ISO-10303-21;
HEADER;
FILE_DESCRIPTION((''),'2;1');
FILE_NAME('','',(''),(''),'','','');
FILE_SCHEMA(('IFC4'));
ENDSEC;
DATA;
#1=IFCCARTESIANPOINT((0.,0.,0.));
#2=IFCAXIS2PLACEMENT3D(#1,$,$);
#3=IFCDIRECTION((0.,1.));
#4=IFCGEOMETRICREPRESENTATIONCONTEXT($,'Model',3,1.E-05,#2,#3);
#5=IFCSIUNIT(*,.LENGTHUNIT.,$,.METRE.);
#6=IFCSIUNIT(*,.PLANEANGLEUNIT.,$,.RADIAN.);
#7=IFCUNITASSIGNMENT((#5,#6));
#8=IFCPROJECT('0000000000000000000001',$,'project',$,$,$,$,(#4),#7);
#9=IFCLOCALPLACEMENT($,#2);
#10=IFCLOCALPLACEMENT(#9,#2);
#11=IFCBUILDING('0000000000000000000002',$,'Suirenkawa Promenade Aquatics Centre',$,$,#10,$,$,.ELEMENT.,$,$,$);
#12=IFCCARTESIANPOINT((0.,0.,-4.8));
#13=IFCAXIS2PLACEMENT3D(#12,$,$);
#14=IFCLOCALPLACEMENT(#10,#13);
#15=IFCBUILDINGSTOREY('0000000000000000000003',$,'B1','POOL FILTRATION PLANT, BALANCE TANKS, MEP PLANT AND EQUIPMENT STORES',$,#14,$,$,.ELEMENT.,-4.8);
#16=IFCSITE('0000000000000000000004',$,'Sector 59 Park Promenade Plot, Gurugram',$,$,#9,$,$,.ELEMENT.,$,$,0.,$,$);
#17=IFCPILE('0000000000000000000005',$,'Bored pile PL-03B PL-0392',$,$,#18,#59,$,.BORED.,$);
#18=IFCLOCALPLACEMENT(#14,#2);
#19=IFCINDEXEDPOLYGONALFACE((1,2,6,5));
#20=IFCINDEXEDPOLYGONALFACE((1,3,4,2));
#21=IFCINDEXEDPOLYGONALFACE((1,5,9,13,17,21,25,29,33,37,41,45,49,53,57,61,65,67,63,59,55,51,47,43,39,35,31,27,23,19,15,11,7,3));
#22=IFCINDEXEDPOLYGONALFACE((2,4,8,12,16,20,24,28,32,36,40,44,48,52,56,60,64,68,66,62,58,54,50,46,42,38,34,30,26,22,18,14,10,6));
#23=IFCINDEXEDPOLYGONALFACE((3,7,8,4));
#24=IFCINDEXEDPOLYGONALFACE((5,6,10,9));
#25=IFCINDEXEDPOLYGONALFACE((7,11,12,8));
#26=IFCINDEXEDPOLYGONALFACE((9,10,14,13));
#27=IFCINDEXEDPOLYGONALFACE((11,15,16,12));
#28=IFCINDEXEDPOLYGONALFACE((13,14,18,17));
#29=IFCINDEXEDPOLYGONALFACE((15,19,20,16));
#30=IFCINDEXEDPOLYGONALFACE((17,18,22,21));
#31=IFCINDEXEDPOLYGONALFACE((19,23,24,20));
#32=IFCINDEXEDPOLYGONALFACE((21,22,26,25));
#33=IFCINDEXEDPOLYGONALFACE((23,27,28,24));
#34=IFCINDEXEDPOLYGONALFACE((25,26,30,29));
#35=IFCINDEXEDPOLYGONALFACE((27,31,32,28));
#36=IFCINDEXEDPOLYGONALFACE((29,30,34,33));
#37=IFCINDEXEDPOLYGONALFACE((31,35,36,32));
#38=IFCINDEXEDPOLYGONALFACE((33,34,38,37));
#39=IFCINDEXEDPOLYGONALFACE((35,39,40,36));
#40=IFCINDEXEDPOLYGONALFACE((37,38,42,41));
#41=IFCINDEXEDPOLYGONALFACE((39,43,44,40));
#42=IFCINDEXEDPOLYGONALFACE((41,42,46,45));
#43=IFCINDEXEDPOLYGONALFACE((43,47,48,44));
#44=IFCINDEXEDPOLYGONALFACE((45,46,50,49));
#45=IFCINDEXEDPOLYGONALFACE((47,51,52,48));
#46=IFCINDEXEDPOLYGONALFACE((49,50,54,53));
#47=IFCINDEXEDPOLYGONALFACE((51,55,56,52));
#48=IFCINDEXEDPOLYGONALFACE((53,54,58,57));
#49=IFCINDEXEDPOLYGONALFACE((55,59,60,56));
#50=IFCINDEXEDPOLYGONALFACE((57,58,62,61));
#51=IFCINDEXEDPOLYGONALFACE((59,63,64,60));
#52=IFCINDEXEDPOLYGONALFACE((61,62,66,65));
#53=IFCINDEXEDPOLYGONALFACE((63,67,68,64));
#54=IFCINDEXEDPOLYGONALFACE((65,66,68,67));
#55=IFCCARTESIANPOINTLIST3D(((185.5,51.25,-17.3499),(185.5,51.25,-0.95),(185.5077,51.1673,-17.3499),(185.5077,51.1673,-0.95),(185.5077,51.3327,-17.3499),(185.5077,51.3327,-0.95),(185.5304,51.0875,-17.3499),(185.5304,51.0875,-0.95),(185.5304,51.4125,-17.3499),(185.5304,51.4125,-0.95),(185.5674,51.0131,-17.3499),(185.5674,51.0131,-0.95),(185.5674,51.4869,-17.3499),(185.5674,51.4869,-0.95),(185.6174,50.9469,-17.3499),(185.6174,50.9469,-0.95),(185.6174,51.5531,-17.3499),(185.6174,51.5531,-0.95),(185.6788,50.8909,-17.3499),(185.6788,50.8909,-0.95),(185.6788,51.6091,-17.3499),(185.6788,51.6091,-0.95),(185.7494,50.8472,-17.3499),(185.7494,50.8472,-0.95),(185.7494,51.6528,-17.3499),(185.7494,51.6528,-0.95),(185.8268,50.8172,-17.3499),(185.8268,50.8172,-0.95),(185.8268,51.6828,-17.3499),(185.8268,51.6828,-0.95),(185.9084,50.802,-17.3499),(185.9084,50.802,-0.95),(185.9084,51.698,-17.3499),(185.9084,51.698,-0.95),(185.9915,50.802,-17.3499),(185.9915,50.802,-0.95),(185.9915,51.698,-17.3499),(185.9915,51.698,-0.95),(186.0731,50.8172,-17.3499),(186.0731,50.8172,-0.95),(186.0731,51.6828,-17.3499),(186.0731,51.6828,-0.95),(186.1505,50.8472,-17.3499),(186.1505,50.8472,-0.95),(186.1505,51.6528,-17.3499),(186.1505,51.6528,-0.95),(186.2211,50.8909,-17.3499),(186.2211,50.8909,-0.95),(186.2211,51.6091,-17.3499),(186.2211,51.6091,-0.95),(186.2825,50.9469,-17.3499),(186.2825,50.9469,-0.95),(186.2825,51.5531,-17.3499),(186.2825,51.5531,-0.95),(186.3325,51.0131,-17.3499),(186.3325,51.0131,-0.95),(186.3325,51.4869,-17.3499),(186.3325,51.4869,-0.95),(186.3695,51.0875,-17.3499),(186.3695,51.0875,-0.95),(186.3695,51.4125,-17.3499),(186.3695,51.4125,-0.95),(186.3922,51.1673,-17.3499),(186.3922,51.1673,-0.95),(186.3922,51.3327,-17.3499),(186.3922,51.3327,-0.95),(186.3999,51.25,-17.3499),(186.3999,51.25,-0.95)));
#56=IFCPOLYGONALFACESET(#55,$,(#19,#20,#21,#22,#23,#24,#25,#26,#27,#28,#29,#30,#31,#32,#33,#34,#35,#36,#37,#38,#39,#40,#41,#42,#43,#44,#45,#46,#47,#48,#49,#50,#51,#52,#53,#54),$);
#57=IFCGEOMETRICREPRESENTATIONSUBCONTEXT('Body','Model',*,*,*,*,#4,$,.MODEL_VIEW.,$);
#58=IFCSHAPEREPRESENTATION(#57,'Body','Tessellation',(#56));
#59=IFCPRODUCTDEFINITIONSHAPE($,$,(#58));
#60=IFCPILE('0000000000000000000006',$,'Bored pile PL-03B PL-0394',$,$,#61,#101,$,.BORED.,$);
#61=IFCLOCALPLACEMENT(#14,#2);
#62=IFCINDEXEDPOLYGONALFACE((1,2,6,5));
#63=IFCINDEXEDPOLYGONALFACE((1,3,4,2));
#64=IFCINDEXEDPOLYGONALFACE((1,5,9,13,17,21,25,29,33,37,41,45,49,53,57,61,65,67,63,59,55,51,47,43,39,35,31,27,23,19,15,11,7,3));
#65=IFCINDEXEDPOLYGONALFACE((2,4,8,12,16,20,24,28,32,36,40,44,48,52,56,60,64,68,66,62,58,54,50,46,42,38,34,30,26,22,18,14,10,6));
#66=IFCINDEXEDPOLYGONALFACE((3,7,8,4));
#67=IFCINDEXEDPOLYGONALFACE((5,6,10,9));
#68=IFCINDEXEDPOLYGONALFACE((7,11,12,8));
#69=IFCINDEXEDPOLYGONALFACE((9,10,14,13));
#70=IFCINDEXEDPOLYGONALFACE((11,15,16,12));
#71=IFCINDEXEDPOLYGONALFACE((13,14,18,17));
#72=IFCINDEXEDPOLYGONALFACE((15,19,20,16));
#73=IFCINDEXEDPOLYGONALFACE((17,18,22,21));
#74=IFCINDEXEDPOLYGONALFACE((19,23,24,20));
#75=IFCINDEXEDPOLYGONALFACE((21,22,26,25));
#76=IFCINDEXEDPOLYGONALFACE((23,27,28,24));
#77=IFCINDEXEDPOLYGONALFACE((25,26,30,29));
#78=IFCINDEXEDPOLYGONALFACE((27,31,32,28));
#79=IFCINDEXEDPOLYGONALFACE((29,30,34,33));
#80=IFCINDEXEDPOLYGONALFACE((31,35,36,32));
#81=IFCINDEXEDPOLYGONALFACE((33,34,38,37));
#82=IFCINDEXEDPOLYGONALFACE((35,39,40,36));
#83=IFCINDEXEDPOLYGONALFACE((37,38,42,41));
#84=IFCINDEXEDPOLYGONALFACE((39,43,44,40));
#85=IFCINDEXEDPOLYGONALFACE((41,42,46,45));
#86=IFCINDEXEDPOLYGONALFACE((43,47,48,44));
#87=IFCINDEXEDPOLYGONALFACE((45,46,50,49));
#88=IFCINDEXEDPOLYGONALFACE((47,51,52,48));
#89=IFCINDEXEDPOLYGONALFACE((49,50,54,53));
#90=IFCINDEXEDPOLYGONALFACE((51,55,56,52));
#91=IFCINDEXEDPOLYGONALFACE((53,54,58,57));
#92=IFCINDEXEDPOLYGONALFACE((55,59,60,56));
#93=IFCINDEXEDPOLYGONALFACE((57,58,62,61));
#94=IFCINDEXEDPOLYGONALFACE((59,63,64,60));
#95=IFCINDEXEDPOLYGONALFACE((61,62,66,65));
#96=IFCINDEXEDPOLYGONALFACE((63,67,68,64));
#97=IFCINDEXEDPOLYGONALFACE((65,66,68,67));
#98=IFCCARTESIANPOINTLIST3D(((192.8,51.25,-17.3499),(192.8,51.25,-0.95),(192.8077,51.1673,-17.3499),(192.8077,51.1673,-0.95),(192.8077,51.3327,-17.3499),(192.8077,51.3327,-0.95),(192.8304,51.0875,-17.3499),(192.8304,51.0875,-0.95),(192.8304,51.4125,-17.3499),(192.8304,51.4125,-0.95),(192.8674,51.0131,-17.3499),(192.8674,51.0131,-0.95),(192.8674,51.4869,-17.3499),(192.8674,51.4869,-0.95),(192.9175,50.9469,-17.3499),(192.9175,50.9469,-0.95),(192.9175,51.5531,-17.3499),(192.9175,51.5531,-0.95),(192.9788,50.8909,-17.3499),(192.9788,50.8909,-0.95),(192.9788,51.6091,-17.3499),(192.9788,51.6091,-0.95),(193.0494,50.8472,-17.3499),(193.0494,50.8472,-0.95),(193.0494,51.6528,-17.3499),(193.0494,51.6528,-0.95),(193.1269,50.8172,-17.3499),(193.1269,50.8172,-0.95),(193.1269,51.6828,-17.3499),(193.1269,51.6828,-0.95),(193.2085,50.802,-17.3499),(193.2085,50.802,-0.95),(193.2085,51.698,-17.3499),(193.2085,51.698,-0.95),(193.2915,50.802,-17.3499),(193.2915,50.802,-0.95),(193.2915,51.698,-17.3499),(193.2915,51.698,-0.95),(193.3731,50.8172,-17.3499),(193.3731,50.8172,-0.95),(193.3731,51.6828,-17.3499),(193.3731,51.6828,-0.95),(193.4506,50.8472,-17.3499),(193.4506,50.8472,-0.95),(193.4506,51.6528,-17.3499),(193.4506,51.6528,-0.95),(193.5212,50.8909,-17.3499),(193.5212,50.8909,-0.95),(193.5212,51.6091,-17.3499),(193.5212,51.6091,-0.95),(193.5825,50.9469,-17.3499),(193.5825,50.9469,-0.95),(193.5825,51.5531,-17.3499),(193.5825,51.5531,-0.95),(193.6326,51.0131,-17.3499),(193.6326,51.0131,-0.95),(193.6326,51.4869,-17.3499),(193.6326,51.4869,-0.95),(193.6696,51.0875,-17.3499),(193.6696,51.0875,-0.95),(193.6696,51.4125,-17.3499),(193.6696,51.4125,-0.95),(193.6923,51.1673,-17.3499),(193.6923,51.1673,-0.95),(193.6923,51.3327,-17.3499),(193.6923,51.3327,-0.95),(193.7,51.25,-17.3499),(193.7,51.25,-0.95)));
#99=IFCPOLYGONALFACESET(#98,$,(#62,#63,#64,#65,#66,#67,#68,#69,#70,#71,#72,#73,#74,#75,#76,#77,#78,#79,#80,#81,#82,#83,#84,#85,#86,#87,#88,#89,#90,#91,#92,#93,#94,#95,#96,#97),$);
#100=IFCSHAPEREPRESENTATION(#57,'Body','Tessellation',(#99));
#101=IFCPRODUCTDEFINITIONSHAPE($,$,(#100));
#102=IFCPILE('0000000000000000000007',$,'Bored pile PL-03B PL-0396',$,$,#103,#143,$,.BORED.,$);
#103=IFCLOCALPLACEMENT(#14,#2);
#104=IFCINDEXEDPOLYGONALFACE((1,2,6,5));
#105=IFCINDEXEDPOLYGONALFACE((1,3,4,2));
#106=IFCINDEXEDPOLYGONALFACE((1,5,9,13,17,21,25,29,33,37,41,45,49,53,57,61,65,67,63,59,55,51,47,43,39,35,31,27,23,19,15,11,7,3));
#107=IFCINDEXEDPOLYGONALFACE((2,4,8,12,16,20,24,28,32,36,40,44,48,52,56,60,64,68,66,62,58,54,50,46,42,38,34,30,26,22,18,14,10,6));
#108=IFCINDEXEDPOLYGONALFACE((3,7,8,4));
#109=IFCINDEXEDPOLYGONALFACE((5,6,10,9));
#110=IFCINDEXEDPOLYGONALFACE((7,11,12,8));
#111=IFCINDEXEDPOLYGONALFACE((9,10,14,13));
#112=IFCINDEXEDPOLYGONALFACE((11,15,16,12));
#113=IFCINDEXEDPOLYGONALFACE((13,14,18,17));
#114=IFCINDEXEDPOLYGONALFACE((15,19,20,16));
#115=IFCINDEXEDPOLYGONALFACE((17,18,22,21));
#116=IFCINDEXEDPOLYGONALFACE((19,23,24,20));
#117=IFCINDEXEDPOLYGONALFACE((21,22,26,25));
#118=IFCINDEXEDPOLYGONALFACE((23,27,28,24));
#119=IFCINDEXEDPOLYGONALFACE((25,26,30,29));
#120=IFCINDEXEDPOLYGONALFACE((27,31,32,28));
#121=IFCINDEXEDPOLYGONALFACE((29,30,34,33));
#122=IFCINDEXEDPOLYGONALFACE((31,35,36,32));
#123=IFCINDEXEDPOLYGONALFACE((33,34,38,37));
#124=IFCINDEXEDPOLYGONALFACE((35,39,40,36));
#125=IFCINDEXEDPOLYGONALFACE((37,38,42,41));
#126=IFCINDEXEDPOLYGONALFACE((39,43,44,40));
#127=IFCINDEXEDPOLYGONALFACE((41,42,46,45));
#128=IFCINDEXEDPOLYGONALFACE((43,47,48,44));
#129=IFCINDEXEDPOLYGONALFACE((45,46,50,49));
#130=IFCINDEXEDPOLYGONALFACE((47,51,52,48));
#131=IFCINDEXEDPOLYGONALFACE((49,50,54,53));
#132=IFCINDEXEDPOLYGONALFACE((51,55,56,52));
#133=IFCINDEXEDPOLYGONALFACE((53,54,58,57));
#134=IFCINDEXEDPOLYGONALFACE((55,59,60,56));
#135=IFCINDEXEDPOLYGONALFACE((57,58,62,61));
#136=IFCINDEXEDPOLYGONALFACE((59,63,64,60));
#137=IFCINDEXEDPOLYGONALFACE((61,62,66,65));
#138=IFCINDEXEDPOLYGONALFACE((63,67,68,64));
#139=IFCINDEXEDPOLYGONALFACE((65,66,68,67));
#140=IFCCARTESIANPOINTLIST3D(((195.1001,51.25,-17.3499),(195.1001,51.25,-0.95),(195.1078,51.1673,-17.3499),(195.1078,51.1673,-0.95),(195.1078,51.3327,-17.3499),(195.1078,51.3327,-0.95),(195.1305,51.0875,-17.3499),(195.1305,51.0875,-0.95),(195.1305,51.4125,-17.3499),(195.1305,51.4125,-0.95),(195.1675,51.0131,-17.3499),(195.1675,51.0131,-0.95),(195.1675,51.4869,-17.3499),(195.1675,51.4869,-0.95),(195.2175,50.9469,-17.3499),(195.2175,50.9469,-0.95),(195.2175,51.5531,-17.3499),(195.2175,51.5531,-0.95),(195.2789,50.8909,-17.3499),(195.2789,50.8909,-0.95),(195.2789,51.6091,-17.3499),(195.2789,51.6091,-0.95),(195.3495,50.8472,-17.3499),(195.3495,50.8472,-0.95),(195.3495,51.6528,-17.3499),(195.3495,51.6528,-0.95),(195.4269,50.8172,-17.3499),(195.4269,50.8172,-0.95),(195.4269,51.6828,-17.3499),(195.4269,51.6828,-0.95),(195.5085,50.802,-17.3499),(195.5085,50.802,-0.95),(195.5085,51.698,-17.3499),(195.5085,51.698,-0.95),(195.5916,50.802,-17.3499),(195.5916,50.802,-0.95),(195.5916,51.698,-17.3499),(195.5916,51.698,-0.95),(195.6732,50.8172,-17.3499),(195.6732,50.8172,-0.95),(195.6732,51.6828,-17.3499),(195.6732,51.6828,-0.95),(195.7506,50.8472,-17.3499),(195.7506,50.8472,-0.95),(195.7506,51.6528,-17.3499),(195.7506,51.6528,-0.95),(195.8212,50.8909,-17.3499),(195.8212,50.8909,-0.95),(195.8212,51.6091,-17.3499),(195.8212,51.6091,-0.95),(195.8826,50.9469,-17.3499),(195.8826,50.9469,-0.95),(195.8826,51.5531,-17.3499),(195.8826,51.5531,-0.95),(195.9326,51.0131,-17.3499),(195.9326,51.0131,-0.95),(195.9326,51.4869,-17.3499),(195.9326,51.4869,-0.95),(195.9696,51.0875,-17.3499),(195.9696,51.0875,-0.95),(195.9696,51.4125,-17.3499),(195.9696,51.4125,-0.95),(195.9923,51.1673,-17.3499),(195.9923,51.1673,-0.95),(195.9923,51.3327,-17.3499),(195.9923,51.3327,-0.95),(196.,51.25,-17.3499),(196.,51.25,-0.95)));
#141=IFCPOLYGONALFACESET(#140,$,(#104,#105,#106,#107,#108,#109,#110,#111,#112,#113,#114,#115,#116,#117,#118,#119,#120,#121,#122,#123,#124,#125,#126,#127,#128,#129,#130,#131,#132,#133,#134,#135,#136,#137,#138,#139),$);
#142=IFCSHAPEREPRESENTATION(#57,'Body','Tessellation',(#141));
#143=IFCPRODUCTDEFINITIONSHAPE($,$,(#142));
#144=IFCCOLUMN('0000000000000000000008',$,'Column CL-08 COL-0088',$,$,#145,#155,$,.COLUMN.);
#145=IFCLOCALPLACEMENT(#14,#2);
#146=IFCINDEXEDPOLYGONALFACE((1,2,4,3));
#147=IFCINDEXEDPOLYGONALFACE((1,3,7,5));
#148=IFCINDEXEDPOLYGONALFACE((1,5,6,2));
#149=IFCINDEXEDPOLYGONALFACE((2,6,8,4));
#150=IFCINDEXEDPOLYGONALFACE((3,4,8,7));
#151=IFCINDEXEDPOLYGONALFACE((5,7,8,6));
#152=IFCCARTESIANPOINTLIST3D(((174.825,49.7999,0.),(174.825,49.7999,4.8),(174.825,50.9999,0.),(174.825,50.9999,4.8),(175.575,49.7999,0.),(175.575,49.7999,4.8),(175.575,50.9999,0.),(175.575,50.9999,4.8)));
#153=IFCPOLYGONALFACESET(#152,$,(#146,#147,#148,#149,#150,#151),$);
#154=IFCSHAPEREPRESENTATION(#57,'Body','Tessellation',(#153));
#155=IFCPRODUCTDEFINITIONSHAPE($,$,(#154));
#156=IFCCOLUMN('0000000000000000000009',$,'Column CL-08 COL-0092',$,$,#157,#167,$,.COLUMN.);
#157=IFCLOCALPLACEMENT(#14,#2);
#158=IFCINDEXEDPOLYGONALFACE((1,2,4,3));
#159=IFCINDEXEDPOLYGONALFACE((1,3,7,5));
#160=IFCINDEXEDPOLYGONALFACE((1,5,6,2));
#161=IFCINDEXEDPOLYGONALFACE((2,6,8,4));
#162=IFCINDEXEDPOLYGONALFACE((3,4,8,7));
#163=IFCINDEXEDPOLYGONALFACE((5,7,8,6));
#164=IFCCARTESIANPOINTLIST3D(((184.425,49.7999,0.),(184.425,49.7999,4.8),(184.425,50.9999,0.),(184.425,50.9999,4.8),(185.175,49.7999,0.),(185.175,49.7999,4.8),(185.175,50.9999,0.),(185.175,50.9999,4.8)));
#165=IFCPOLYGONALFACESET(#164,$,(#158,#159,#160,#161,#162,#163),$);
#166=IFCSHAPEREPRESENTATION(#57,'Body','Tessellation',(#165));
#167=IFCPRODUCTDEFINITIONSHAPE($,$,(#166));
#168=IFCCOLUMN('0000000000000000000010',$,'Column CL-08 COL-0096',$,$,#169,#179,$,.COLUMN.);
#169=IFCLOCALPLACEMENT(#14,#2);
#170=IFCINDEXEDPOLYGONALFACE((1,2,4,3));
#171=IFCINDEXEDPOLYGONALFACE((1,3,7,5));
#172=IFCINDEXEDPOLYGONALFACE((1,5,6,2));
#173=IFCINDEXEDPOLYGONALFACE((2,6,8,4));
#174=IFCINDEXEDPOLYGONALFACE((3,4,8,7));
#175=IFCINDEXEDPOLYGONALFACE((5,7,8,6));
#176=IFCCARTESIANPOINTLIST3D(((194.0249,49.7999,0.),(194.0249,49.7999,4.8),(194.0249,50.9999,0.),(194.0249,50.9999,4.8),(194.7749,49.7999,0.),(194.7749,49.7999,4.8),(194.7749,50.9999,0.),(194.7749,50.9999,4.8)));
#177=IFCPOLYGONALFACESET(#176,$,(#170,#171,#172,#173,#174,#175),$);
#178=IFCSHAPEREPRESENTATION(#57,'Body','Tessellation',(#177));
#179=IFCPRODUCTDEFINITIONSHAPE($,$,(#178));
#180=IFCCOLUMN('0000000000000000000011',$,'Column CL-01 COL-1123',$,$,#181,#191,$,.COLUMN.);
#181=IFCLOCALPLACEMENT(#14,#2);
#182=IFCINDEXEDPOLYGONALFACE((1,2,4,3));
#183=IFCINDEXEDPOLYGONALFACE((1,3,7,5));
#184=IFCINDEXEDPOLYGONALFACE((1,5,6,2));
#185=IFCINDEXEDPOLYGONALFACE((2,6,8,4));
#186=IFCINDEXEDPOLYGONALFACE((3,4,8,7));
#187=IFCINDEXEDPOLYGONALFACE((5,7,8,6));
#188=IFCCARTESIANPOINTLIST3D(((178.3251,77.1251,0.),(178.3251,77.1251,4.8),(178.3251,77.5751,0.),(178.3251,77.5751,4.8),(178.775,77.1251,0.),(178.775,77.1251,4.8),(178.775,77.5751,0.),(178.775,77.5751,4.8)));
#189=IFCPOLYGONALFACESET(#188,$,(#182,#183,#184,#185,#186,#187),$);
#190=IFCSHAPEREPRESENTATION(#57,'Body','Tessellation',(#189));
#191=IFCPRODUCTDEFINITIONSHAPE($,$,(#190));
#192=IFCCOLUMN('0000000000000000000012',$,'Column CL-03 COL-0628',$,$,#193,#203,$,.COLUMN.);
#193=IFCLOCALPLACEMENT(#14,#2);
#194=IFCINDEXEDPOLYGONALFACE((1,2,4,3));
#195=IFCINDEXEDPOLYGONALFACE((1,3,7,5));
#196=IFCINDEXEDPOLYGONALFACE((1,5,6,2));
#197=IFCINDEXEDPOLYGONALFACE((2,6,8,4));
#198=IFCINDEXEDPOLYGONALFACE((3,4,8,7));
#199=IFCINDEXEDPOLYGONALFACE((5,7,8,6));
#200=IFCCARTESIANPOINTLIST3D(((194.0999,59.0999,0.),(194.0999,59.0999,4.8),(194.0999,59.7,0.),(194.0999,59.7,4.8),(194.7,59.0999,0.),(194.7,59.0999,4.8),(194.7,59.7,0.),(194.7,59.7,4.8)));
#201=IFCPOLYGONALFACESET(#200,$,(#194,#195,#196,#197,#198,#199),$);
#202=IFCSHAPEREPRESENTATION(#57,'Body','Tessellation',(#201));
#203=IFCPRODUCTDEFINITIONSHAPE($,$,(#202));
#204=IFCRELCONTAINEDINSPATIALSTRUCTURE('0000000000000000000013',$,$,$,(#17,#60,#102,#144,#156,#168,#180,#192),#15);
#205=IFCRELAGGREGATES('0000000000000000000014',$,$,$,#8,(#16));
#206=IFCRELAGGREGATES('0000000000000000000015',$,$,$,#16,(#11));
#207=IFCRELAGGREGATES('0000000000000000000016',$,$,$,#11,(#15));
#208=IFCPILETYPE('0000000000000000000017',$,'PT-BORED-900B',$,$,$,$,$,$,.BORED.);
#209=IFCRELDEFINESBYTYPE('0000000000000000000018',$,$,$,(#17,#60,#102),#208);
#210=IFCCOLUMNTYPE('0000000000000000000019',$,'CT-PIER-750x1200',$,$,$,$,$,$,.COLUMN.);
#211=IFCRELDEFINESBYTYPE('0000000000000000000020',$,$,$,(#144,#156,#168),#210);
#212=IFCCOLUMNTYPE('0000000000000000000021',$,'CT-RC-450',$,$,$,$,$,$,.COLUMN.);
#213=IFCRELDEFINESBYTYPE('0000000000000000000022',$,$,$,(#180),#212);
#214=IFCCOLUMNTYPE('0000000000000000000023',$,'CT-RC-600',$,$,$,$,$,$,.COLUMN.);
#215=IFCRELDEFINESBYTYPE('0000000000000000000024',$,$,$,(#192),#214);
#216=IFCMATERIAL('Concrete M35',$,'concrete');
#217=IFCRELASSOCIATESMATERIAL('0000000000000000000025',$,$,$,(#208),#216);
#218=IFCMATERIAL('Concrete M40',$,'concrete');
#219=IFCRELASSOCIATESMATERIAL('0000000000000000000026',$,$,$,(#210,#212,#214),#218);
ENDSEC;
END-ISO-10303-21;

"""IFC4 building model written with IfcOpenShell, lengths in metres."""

from ifc_helpers import new_model, si_unit, direction, frame, origin, origin_2d, place, context, subcontext, project, spatial, rectangle, circle, extrude, material, material_profile, profile_set, type_object, element, save


model = new_model("IFC4")

# Units and contexts
model_context = context("Model", 3, precision=1e-05, world=origin(), true_north=direction((0.0, 1.0)))
body_context = subcontext(model_context, "Body", "Model", "MODEL_VIEW")
ifc_project = project(units=[si_unit("LENGTHUNIT", "METRE"), si_unit("PLANEANGLEUNIT", "RADIAN")], contexts=[model_context])

# Site, building, storey
site_placement = place(None, origin())
site = spatial("IfcSite", under=ifc_project, at=site_placement, Name="Sector 59 Park Promenade Plot, Gurugram", CompositionType="ELEMENT", RefElevation=0.0)
building_placement = place(site_placement, origin())
building = spatial("IfcBuilding", under=site, at=building_placement, Name="Suirenkawa Promenade Aquatics Centre", CompositionType="ELEMENT")
storey_placement = place(building_placement, frame((0.0, 0.0, -4.8)))
storey = spatial("IfcBuildingStorey", under=building, at=storey_placement, Name="B1", Description="POOL FILTRATION PLANT, BALANCE TANKS, MEP PLANT AND EQUIPMENT STORES", CompositionType="ELEMENT", Elevation=-4.8)

# Shared definitions
ifc_material_1 = material(Name="Concrete M35", Category="concrete")

# Piles
ifc_material_profile_1 = material_profile(ifc_material_1, circle(Radius=0.45, at=origin_2d()), Name="PILE D900", Category="concrete")
ifc_profile_set_1 = profile_set([ifc_material_profile_1], Name="Concrete M35")
pile_type_1 = type_object("IfcPileType", Name="PT-BORED-900B", PredefinedType="BORED", material=ifc_profile_set_1)
for number, where, z_axis, x_axis, name in (
    (1, (185.95, 51.25, -0.95), (0.0, 0.0, -1.0), (1.0, 0.0, 0.0), "Bored pile PL-03B PL-0392"),
    (2, (193.25, 51.25, -0.95), (0.0, 0.0, -1.0), (1.0, 0.0, 0.0), "Bored pile PL-03B PL-0394"),
    (3, (195.55, 51.25, -0.95), (0.0, 0.0, -1.0), (1.0, 0.0, 0.0), "Bored pile PL-03B PL-0396"),
):
    element("IfcPile", number, at=place(storey_placement, frame(where, z_axis=z_axis, x_axis=x_axis)), inside=storey, type_object=pile_type_1, Name=name, PredefinedType="BORED", context=body_context, shape_type="SweptSolid", body=[
        extrude(circle(Radius=0.45, at=origin_2d()), origin(), (0.0, 0.0, 1.0), 16.3999),
    ])

# Columns
ifc_material_2 = material(Name="Concrete M40", Category="concrete")
ifc_material_profile_2 = material_profile(ifc_material_2, rectangle(XDim=0.75, YDim=1.2, at=origin_2d()), Name="RC PIER 750x1200", Category="concrete")
ifc_profile_set_2 = profile_set([ifc_material_profile_2], Name="Concrete M40")
column_type_1 = type_object("IfcColumnType", Name="CT-PIER-750x1200", PredefinedType="COLUMN", material=ifc_profile_set_2)
for number, where, z_axis, x_axis, name in (
    (4, (175.2, 50.3999, 0.0), (0.0, 0.0, 1.0), (1.0, 0.0, 0.0), "Column CL-08 COL-0088"),
    (5, (184.8, 50.3999, 0.0), (0.0, 0.0, 1.0), (1.0, 0.0, 0.0), "Column CL-08 COL-0092"),
    (6, (194.3999, 50.3999, 0.0), (0.0, 0.0, 1.0), (1.0, 0.0, 0.0), "Column CL-08 COL-0096"),
):
    element("IfcColumn", number, at=place(storey_placement, frame(where, z_axis=z_axis, x_axis=x_axis)), inside=storey, type_object=column_type_1, Name=name, PredefinedType="COLUMN", context=body_context, shape_type="SweptSolid", body=[
        extrude(rectangle(XDim=0.75, YDim=1.2, at=origin_2d()), origin(), (0.0, 0.0, 1.0), 4.8),
    ])
ifc_material_profile_3 = material_profile(ifc_material_2, rectangle(XDim=0.45, YDim=0.45, at=origin_2d()), Name="RC COL 450x450", Category="concrete")
ifc_profile_set_3 = profile_set([ifc_material_profile_3], Name="Concrete M40")
column_type_2 = type_object("IfcColumnType", Name="CT-RC-450", PredefinedType="COLUMN", material=ifc_profile_set_3)
column_placement = place(storey_placement, frame((178.55, 77.3501, 0.0), z_axis=(0.0, 0.0, 1.0), x_axis=(1.0, 0.0, 0.0)))
element("IfcColumn", 7, at=column_placement, inside=storey, type_object=column_type_2, Name="Column CL-01 COL-1123", PredefinedType="COLUMN", context=body_context, shape_type="SweptSolid", body=[
    extrude(rectangle(XDim=0.45, YDim=0.45, at=origin_2d()), origin(), (0.0, 0.0, 1.0), 4.8),
])
ifc_material_profile_4 = material_profile(ifc_material_2, rectangle(XDim=0.6001, YDim=0.6001, at=origin_2d()), Name="RC COL 600x600", Category="concrete")
ifc_profile_set_4 = profile_set([ifc_material_profile_4], Name="Concrete M40")
column_type_3 = type_object("IfcColumnType", Name="CT-RC-600", PredefinedType="COLUMN", material=ifc_profile_set_4)
for number, where, z_axis, x_axis, name in (
    (8, (194.3999, 59.3999, 0.0), (0.0, 0.0, 1.0), (1.0, 0.0, 0.0), "Column CL-03 COL-0628"),
):
    element("IfcColumn", number, at=place(storey_placement, frame(where, z_axis=z_axis, x_axis=x_axis)), inside=storey, type_object=column_type_3, Name=name, PredefinedType="COLUMN", context=body_context, shape_type="SweptSolid", body=[
        extrude(rectangle(XDim=0.6001, YDim=0.6001, at=origin_2d()), origin(), (0.0, 0.0, 1.0), 4.8),
    ])

save(model, "model.ifc")
